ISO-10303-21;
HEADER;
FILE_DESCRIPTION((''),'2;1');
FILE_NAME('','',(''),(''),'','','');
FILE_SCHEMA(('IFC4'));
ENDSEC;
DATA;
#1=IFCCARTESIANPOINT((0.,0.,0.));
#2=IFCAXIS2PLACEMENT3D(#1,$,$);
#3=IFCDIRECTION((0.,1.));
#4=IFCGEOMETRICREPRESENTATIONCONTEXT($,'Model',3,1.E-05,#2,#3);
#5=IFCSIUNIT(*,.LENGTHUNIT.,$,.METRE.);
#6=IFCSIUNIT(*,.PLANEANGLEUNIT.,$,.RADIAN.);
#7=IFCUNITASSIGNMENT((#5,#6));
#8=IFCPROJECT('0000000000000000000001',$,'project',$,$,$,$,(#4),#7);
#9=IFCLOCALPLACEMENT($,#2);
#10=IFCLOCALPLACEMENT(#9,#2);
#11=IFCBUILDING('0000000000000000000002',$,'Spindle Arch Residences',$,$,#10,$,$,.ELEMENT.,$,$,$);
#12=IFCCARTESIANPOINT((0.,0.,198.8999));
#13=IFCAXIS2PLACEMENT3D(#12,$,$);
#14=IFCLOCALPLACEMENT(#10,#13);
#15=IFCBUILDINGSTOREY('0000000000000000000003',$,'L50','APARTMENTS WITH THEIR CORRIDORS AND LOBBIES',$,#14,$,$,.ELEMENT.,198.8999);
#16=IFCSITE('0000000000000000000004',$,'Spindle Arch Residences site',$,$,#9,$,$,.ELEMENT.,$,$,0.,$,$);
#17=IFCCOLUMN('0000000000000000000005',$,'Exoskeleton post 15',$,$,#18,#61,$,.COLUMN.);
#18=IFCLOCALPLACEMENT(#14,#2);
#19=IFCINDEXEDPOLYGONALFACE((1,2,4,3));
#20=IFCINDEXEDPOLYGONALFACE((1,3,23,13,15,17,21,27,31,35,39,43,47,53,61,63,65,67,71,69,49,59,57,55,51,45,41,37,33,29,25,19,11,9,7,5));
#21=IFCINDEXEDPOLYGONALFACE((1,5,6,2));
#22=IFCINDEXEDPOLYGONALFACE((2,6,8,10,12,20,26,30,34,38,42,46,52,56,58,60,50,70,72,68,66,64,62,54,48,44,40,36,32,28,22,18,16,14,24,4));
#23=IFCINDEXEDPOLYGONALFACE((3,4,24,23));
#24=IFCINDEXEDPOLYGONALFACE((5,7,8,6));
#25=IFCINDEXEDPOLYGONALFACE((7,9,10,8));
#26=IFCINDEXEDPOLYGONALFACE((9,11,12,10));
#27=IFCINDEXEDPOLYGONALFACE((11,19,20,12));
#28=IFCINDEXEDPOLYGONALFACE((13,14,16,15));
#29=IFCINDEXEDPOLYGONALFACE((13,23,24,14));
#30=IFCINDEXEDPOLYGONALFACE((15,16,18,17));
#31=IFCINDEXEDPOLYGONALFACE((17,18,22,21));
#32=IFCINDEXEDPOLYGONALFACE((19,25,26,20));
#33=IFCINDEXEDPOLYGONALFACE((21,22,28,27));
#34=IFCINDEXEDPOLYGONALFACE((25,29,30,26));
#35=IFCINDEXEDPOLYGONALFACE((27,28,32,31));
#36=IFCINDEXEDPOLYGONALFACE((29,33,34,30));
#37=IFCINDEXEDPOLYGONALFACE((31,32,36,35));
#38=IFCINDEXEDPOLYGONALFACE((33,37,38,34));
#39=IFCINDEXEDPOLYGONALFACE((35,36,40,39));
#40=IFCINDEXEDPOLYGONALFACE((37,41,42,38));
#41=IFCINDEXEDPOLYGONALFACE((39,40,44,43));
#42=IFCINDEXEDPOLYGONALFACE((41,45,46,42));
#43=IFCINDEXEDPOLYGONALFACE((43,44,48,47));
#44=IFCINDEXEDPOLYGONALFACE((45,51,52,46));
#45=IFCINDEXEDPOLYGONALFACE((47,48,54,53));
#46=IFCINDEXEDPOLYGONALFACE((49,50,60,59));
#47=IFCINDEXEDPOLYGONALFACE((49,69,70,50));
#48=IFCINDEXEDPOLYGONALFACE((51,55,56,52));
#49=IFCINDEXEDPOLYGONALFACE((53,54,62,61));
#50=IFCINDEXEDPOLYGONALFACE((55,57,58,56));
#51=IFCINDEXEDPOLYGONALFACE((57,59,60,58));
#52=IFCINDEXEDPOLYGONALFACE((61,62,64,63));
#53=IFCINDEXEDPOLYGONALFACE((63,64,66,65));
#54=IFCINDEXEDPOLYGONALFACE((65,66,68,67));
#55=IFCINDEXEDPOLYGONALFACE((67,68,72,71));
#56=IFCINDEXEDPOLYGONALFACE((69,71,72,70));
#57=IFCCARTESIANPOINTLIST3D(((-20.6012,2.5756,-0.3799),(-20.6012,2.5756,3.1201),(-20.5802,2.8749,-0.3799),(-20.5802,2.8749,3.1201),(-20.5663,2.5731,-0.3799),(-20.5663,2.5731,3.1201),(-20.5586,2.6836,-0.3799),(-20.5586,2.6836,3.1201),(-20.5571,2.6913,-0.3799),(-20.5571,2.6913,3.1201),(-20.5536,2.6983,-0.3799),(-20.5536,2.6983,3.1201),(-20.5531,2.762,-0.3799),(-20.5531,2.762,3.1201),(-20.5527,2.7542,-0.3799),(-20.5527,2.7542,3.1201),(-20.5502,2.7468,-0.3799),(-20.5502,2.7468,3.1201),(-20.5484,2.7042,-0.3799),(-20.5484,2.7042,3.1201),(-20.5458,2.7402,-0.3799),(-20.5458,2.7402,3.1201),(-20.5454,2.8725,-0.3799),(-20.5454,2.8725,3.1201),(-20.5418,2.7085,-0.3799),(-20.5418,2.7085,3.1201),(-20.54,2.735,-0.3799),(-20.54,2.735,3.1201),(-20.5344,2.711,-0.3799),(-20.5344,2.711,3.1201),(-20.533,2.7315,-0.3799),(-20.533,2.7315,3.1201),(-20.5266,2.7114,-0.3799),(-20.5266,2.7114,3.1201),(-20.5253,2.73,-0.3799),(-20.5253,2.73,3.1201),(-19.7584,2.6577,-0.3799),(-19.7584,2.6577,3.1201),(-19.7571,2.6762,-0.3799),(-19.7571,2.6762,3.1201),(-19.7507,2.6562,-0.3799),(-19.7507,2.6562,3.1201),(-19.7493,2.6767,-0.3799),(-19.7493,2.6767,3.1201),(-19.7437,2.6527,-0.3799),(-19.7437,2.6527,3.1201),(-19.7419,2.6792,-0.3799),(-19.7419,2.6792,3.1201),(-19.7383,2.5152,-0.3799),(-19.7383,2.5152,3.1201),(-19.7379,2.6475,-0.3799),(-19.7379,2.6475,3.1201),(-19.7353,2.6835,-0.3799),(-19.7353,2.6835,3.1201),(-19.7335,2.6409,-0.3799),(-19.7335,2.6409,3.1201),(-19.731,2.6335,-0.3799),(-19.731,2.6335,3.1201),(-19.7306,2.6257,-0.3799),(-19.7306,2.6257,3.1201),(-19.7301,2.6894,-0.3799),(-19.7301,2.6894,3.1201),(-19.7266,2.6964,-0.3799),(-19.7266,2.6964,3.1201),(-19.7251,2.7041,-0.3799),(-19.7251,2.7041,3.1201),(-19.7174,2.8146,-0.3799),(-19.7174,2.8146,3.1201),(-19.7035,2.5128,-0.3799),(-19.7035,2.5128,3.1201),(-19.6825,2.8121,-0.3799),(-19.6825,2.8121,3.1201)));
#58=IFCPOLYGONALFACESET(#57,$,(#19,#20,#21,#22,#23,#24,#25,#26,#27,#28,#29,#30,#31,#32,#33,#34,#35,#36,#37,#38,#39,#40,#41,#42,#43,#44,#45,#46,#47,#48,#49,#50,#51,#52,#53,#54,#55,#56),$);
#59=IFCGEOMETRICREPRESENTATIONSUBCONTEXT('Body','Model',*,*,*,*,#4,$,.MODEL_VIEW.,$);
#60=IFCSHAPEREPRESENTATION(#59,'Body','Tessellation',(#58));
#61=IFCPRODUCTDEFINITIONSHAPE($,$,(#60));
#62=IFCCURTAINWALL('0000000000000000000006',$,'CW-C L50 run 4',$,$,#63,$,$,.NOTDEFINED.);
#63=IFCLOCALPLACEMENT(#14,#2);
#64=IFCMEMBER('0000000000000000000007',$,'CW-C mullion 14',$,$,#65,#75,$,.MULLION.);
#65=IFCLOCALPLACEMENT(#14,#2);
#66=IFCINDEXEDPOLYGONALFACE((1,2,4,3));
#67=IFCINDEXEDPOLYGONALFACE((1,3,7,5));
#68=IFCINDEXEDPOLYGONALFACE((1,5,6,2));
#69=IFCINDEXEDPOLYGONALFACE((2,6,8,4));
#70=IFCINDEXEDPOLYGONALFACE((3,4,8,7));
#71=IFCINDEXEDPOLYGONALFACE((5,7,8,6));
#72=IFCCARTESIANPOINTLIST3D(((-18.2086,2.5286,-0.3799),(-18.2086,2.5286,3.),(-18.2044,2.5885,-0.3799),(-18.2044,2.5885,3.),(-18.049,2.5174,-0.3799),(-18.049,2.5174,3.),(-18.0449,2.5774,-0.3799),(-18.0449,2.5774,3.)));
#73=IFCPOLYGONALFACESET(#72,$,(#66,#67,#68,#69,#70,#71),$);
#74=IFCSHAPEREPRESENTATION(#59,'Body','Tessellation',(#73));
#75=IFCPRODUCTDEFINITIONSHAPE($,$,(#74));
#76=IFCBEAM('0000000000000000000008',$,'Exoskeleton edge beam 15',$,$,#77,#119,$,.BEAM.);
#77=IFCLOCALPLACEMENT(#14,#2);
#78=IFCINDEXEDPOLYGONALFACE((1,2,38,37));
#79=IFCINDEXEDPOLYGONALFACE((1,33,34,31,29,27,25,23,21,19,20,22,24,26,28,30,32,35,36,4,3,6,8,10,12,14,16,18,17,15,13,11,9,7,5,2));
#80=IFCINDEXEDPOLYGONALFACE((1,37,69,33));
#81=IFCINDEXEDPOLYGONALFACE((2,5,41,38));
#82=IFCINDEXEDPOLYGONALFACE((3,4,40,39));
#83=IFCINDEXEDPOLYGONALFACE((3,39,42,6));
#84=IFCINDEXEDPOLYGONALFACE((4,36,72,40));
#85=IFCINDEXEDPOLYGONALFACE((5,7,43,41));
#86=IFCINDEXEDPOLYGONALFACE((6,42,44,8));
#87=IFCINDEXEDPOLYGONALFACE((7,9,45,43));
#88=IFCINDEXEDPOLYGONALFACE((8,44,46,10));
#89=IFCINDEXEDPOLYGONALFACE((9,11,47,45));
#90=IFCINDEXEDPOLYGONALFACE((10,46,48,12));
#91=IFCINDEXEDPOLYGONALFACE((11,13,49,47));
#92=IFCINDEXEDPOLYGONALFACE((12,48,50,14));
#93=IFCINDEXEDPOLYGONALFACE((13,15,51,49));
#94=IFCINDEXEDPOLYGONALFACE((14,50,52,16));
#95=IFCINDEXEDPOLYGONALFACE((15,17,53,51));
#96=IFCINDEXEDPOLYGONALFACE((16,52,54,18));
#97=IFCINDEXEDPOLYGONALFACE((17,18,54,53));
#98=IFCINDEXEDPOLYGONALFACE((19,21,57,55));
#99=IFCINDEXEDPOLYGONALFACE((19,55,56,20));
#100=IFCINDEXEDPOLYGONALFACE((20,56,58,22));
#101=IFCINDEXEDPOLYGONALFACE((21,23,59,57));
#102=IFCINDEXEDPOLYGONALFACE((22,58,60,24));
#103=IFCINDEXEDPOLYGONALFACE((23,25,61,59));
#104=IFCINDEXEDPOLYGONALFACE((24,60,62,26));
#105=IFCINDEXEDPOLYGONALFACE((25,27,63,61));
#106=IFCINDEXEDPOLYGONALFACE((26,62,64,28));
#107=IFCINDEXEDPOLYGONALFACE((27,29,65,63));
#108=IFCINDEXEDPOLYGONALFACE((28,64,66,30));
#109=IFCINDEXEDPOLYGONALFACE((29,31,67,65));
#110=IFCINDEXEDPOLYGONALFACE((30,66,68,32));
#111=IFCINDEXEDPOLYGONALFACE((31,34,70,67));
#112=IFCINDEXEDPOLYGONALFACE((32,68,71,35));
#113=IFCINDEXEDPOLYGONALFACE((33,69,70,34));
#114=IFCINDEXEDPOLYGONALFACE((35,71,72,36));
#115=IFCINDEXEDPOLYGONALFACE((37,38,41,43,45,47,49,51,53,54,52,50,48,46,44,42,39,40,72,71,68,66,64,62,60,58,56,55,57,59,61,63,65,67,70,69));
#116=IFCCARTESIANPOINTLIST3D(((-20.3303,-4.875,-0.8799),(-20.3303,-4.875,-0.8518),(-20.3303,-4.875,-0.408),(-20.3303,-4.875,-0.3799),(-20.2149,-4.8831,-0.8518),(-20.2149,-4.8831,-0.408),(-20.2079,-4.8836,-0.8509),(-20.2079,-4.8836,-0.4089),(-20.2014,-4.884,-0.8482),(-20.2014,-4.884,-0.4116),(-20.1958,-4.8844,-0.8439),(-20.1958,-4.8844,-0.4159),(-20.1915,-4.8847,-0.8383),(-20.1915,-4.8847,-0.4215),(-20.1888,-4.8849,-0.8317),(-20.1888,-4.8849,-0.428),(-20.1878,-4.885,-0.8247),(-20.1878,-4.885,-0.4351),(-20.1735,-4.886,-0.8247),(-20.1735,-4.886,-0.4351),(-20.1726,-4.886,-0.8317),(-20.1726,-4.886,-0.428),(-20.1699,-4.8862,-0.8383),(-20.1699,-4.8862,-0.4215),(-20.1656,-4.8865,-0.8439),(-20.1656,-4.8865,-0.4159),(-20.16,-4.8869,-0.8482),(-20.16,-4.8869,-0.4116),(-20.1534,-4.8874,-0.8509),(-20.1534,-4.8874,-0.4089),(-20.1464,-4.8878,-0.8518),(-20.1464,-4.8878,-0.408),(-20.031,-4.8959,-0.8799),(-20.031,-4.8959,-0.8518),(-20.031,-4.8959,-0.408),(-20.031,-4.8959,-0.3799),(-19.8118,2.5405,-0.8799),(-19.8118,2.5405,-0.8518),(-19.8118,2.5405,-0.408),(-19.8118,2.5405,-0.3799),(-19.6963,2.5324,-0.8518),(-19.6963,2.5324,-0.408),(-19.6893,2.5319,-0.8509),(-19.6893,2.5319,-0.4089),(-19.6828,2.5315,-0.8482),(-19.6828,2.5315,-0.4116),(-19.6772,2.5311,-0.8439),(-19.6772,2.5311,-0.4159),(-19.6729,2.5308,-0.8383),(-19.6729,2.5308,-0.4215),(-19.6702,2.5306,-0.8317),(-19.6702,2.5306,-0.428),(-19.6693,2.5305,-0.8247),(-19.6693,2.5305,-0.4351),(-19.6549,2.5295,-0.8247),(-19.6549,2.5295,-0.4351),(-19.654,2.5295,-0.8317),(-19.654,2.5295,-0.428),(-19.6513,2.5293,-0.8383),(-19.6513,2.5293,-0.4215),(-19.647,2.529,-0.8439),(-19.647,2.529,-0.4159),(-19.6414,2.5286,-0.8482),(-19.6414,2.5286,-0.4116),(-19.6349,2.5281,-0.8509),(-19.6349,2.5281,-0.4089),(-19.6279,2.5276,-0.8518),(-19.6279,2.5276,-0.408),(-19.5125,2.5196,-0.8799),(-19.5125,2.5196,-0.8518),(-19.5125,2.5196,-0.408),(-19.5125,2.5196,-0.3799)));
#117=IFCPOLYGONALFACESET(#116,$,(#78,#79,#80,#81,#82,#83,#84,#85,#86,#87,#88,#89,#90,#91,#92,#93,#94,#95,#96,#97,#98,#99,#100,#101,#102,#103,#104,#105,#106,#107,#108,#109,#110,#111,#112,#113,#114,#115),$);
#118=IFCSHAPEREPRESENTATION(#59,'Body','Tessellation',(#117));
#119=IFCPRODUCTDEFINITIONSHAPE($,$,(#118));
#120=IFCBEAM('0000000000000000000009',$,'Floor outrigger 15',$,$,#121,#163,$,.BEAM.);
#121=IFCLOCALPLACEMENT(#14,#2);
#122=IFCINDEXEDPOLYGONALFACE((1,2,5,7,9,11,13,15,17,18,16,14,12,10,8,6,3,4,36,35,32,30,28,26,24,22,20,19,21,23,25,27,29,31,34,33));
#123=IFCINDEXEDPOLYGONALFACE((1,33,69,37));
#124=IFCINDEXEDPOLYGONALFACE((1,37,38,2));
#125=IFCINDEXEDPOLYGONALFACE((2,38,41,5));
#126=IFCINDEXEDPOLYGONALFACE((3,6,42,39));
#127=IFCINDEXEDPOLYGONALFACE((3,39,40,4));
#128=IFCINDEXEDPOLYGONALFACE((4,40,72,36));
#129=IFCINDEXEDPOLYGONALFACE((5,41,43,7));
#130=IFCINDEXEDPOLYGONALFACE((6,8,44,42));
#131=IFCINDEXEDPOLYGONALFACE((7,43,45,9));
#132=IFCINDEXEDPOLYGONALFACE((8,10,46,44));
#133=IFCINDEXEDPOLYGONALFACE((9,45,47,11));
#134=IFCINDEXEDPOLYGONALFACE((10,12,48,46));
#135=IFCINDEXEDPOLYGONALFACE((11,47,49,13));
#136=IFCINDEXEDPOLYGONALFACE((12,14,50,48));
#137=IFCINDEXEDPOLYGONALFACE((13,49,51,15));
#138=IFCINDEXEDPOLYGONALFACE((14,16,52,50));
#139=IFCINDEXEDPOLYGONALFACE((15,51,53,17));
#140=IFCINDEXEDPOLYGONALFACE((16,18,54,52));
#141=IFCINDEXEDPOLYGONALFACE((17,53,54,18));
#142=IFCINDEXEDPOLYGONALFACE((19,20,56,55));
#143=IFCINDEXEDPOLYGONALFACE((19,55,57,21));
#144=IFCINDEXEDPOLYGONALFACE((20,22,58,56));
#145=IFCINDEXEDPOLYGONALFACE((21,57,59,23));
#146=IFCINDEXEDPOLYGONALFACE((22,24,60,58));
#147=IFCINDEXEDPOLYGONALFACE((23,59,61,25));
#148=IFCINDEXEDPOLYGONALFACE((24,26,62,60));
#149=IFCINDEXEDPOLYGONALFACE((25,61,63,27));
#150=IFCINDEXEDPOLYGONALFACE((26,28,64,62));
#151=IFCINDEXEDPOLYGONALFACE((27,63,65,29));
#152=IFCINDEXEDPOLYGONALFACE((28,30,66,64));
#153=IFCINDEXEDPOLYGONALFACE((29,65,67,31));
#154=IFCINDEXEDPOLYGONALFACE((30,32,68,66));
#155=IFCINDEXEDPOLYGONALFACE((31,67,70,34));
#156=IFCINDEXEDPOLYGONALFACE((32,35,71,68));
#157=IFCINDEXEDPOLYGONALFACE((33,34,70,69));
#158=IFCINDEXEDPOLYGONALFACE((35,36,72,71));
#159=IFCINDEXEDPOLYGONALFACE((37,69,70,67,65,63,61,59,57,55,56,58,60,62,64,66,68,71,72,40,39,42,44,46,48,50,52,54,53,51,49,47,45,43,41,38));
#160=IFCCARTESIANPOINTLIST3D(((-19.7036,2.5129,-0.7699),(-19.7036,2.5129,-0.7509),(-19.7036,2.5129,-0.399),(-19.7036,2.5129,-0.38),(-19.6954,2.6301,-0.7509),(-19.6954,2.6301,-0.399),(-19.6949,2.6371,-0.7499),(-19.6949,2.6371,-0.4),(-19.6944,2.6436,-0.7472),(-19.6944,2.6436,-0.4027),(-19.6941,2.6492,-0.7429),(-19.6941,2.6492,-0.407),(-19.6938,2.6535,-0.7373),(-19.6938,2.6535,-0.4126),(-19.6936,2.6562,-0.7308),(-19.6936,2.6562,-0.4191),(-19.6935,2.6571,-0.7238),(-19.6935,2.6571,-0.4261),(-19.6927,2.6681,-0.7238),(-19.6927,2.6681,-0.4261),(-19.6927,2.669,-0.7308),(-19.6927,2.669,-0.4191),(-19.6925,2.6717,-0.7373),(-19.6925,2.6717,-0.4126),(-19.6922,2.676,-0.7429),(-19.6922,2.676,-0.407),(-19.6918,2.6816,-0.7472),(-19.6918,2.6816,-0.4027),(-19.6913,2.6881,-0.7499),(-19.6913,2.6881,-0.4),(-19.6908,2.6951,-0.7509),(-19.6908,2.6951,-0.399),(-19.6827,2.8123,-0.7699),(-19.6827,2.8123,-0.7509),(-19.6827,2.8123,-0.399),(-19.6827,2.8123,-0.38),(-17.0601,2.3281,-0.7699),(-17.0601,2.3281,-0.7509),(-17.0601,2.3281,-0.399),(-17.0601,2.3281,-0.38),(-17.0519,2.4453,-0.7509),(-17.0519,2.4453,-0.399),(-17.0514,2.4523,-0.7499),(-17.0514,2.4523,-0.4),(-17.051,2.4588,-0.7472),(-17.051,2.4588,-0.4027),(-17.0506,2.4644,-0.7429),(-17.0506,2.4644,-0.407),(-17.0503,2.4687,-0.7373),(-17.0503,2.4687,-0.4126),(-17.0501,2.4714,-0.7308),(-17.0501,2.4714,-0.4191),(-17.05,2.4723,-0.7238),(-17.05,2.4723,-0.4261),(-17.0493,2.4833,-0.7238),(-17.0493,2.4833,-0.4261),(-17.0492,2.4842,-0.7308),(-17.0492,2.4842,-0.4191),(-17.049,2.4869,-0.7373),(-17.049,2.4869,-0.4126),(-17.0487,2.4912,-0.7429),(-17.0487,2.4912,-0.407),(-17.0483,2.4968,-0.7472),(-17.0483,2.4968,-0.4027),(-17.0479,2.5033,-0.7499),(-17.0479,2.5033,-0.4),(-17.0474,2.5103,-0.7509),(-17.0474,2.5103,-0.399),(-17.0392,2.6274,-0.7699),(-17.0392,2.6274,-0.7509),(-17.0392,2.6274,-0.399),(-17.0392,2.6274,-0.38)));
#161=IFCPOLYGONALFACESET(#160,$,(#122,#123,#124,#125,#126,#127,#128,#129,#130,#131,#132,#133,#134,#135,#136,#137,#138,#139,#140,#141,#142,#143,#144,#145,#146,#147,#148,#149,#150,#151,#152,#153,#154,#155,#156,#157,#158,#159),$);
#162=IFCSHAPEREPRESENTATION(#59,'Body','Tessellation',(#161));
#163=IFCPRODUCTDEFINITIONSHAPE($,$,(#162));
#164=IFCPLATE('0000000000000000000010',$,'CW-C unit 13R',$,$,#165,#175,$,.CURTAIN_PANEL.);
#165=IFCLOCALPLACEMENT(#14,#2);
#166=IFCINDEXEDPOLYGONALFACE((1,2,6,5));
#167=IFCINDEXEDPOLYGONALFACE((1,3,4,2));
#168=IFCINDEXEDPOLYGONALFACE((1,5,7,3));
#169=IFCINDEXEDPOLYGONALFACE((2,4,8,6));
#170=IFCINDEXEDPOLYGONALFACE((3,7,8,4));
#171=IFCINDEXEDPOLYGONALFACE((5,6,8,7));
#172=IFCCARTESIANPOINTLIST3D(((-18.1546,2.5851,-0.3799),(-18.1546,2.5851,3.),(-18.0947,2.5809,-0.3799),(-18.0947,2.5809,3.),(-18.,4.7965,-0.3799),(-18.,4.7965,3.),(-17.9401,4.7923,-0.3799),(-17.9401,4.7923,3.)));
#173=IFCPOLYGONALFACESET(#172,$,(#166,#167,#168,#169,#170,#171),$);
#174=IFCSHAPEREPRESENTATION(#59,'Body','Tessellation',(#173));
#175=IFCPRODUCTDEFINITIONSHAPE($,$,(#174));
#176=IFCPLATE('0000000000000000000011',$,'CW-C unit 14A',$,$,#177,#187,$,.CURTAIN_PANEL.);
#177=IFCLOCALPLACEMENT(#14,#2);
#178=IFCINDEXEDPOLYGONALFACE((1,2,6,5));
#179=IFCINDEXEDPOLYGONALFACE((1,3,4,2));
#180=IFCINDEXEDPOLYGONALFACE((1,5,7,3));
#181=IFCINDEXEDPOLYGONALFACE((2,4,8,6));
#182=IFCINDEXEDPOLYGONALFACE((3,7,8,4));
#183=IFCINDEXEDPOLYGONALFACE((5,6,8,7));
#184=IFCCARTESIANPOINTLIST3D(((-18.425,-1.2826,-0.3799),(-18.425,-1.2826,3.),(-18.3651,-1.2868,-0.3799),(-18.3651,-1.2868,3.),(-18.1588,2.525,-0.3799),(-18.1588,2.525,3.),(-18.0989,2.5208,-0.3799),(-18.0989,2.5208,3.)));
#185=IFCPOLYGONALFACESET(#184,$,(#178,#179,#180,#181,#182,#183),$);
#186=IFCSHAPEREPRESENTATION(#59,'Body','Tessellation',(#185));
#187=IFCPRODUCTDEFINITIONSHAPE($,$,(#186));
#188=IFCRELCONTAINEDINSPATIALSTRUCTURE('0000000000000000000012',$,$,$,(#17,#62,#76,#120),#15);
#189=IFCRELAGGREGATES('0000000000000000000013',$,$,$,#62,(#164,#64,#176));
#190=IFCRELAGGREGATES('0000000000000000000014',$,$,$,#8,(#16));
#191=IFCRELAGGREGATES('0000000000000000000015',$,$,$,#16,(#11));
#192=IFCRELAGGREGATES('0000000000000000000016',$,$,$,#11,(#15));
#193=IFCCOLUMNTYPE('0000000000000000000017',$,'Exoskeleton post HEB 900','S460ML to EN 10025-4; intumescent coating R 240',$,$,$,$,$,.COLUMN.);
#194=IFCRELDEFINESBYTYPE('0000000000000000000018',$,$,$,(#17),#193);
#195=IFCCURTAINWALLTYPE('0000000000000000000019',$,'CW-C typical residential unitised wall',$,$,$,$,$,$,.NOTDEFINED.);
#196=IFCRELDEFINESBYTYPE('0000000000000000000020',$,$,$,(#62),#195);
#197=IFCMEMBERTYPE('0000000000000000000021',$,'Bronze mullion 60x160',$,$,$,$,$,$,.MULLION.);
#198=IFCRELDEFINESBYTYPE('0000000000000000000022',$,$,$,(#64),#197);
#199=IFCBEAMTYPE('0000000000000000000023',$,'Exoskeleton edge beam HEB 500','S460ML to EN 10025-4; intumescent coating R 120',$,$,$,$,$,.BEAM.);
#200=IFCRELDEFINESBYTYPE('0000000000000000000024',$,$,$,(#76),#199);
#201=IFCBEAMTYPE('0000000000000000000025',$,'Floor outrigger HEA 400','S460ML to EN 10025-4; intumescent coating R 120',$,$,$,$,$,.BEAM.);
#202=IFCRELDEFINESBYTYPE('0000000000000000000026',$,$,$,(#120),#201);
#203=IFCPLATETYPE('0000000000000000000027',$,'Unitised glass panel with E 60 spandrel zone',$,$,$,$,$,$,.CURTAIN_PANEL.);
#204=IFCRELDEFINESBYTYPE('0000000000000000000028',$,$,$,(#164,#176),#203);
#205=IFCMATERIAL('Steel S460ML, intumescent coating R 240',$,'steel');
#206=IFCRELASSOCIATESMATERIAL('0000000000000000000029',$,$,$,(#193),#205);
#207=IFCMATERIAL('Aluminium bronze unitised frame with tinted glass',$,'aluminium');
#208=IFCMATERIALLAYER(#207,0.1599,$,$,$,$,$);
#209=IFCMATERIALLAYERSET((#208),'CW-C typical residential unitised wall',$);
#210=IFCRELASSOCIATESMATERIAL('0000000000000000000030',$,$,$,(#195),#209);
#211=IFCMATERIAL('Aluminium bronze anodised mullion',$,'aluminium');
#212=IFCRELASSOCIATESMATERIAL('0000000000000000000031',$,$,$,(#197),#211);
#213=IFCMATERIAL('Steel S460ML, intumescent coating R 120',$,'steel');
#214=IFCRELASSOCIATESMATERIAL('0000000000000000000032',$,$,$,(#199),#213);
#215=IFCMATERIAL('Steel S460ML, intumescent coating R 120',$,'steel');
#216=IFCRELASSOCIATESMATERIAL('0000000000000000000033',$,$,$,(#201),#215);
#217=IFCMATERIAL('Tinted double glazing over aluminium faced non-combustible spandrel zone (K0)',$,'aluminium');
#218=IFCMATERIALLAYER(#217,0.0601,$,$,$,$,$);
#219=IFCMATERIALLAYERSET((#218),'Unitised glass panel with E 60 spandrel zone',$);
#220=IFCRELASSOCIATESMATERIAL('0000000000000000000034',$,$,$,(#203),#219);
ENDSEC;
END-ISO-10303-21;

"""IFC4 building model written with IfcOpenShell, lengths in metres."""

from ifc_helpers import new_model, si_unit, direction, frame, origin, origin_2d, place, context, subcontext, project, spatial, rectangle, i_section, extrude, material, layer, layer_set, material_profile, profile_set, type_object, element, aggregate, save


model = new_model("IFC4")

# Units and contexts
model_context = context("Model", 3, precision=1e-05, world=origin(), true_north=direction((0.0, 1.0)))
body_context = subcontext(model_context, "Body", "Model", "MODEL_VIEW")
ifc_project = project(units=[si_unit("LENGTHUNIT", "METRE"), si_unit("PLANEANGLEUNIT", "RADIAN")], contexts=[model_context])

# Site, building, storey
site_placement = place(None, origin())
site = spatial("IfcSite", under=ifc_project, at=site_placement, Name="Spindle Arch Residences site", CompositionType="ELEMENT", RefElevation=0.0)
building_placement = place(site_placement, origin())
building = spatial("IfcBuilding", under=site, at=building_placement, Name="Spindle Arch Residences", CompositionType="ELEMENT")
storey_placement = place(building_placement, frame((0.0, 0.0, 198.8999)))
storey = spatial("IfcBuildingStorey", under=building, at=storey_placement, Name="L50", Description="APARTMENTS WITH THEIR CORRIDORS AND LOBBIES", CompositionType="ELEMENT", Elevation=198.8999)

# Column
ifc_material_1 = material(Name="Steel S460ML, intumescent coating R 240", Category="steel")
ifc_material_profile_1 = material_profile(ifc_material_1, i_section(OverallWidth=0.3, OverallDepth=0.8999, WebThickness=0.0186, FlangeThickness=0.0349, FilletRadius=0.03, at=origin_2d()), Name="HEB 900")
ifc_profile_set_1 = profile_set([ifc_material_profile_1], Name="Steel S460ML, intumescent coating R 240")
column_type = type_object("IfcColumnType", Name="Exoskeleton post HEB 900", Description="S460ML to EN 10025-4; intumescent coating R 240", PredefinedType="COLUMN", material=ifc_profile_set_1)
column_placement = place(storey_placement, frame((-20.1418, 2.6938, -0.3799), z_axis=(0.0, 0.0, 1.0), x_axis=(0.069756, 0.997564, 0.0)))
element("IfcColumn", 1, at=column_placement, inside=storey, type_object=column_type, Name="Exoskeleton post 15", PredefinedType="COLUMN", context=body_context, shape_type="SweptSolid", body=[
    extrude(i_section(OverallWidth=0.3, OverallDepth=0.8999, WebThickness=0.0186, FlangeThickness=0.0349, FilletRadius=0.03, at=origin_2d()), origin(), (0.0, 0.0, 1.0), 3.5),
])

# Curtain wall, member
ifc_material_2 = material(Name="Aluminium bronze unitised frame with tinted glass", Category="aluminium")
ifc_layer_1 = layer(ifc_material_2, 0.1599)
ifc_layer_set_1 = layer_set([ifc_layer_1], Name="CW-C typical residential unitised wall")
curtain_wall_type = type_object("IfcCurtainWallType", Name="CW-C typical residential unitised wall", PredefinedType="NOTDEFINED", material=ifc_layer_set_1)
curtain_wall_placement = place(storey_placement, origin())
curtain_wall = element("IfcCurtainWall", 2, at=curtain_wall_placement, inside=storey, type_object=curtain_wall_type, Name="CW-C L50 run 4", PredefinedType="NOTDEFINED")
ifc_material_3 = material(Name="Aluminium bronze anodised mullion", Category="aluminium")
ifc_material_profile_2 = material_profile(ifc_material_3, rectangle(XDim=0.1599, YDim=0.0601, at=origin_2d()), Name="MU 60x160")
ifc_profile_set_2 = profile_set([ifc_material_profile_2], Name="Aluminium bronze anodised mullion")
member_type = type_object("IfcMemberType", Name="Bronze mullion 60x160", PredefinedType="MULLION", material=ifc_profile_set_2)
member_placement = place(storey_placement, frame((-18.1267, 2.553, -0.3799), z_axis=(0.0, 0.0, 1.0), x_axis=(0.997564, -0.069756, 0.0)))
member = element("IfcMember", 3, at=member_placement, type_object=member_type, Name="CW-C mullion 14", PredefinedType="MULLION", context=body_context, shape_type="SweptSolid", body=[
    extrude(rectangle(XDim=0.1599, YDim=0.0601, at=origin_2d()), origin(), (0.0, 0.0, 1.0), 3.3799),
])

# Beams
ifc_material_4 = material(Name="Steel S460ML, intumescent coating R 120", Category="steel")
ifc_material_profile_3 = material_profile(ifc_material_4, i_section(OverallWidth=0.3, OverallDepth=0.5, WebThickness=0.0144, FlangeThickness=0.0281, FilletRadius=0.0271, at=origin_2d()), Name="HEB 500")
ifc_profile_set_3 = profile_set([ifc_material_profile_3], Name="Steel S460ML, intumescent coating R 120")
beam_type_1 = type_object("IfcBeamType", Name="Exoskeleton edge beam HEB 500", Description="S460ML to EN 10025-4; intumescent coating R 120", PredefinedType="BEAM", material=ifc_profile_set_3)
beam_1_placement = place(storey_placement, frame((-19.6621, 2.53, -0.6299), z_axis=(-0.069758, -0.997564, 0.0), x_axis=(0.997564, -0.069758, 0.0)))
element("IfcBeam", 4, at=beam_1_placement, inside=storey, type_object=beam_type_1, Name="Exoskeleton edge beam 15", PredefinedType="BEAM", context=body_context, shape_type="SweptSolid", body=[
    extrude(i_section(OverallWidth=0.3, OverallDepth=0.5, WebThickness=0.0144, FlangeThickness=0.0281, FilletRadius=0.0271, at=origin_2d()), origin(), (0.0, 0.0, 1.0), 7.4336),
])
ifc_material_5 = material(Name="Steel S460ML, intumescent coating R 120", Category="steel")
ifc_material_profile_4 = material_profile(ifc_material_5, i_section(OverallWidth=0.3, OverallDepth=0.3899, WebThickness=0.011, FlangeThickness=0.019, FilletRadius=0.0271, at=origin_2d()), Name="HEA 400")
ifc_profile_set_4 = profile_set([ifc_material_profile_4], Name="Steel S460ML, intumescent coating R 120")
beam_type_2 = type_object("IfcBeamType", Name="Floor outrigger HEA 400", Description="S460ML to EN 10025-4; intumescent coating R 120", PredefinedType="BEAM", material=ifc_profile_set_4)
beam_2_placement = place(storey_placement, frame((-19.6931, 2.6626, -0.575), z_axis=(0.997565, -0.069741, 0.0), x_axis=(0.069741, 0.997565, 0.0)))
element("IfcBeam", 5, at=beam_2_placement, inside=storey, type_object=beam_type_2, Name="Floor outrigger 15", PredefinedType="BEAM", context=body_context, shape_type="SweptSolid", body=[
    extrude(i_section(OverallWidth=0.3, OverallDepth=0.3899, WebThickness=0.011, FlangeThickness=0.019, FilletRadius=0.0271, at=origin_2d()), origin(), (0.0, 0.0, 1.0), 2.6499),
])

# Plates
ifc_material_6 = material(Name="Tinted double glazing over aluminium faced non-combustible spandrel zone (K0)", Category="aluminium")
ifc_layer_2 = layer(ifc_material_6, 0.0601)
ifc_layer_set_2 = layer_set([ifc_layer_2], Name="Unitised glass panel with E 60 spandrel zone")
plate_type = type_object("IfcPlateType", Name="Unitised glass panel with E 60 spandrel zone", PredefinedType="CURTAIN_PANEL", material=ifc_layer_set_2)
plate_1_placement = place(storey_placement, frame((-18.0474, 3.6887, -0.3799), z_axis=(0.0, 0.0, 1.0), x_axis=(-0.069756, -0.997564, 0.0)))
plate_1 = element("IfcPlate", 6, at=plate_1_placement, type_object=plate_type, Name="CW-C unit 13R", PredefinedType="CURTAIN_PANEL", context=body_context, shape_type="SweptSolid", body=[
    extrude(rectangle(XDim=2.2168, YDim=0.0601, at=origin_2d()), origin(), (0.0, 0.0, 1.0), 3.3799),
])
plate_2_placement = place(storey_placement, frame((-18.262, 0.6191, -0.3799), z_axis=(0.0, 0.0, 1.0), x_axis=(-0.069756, -0.997564, 0.0)))
plate_2 = element("IfcPlate", 7, at=plate_2_placement, type_object=plate_type, Name="CW-C unit 14A", PredefinedType="CURTAIN_PANEL", context=body_context, shape_type="SweptSolid", body=[
    extrude(rectangle(XDim=3.8169, YDim=0.0601, at=origin_2d()), origin(), (0.0, 0.0, 1.0), 3.3799),
])
aggregate(curtain_wall, [plate_1, member, plate_2])

save(model, "model.ifc")
